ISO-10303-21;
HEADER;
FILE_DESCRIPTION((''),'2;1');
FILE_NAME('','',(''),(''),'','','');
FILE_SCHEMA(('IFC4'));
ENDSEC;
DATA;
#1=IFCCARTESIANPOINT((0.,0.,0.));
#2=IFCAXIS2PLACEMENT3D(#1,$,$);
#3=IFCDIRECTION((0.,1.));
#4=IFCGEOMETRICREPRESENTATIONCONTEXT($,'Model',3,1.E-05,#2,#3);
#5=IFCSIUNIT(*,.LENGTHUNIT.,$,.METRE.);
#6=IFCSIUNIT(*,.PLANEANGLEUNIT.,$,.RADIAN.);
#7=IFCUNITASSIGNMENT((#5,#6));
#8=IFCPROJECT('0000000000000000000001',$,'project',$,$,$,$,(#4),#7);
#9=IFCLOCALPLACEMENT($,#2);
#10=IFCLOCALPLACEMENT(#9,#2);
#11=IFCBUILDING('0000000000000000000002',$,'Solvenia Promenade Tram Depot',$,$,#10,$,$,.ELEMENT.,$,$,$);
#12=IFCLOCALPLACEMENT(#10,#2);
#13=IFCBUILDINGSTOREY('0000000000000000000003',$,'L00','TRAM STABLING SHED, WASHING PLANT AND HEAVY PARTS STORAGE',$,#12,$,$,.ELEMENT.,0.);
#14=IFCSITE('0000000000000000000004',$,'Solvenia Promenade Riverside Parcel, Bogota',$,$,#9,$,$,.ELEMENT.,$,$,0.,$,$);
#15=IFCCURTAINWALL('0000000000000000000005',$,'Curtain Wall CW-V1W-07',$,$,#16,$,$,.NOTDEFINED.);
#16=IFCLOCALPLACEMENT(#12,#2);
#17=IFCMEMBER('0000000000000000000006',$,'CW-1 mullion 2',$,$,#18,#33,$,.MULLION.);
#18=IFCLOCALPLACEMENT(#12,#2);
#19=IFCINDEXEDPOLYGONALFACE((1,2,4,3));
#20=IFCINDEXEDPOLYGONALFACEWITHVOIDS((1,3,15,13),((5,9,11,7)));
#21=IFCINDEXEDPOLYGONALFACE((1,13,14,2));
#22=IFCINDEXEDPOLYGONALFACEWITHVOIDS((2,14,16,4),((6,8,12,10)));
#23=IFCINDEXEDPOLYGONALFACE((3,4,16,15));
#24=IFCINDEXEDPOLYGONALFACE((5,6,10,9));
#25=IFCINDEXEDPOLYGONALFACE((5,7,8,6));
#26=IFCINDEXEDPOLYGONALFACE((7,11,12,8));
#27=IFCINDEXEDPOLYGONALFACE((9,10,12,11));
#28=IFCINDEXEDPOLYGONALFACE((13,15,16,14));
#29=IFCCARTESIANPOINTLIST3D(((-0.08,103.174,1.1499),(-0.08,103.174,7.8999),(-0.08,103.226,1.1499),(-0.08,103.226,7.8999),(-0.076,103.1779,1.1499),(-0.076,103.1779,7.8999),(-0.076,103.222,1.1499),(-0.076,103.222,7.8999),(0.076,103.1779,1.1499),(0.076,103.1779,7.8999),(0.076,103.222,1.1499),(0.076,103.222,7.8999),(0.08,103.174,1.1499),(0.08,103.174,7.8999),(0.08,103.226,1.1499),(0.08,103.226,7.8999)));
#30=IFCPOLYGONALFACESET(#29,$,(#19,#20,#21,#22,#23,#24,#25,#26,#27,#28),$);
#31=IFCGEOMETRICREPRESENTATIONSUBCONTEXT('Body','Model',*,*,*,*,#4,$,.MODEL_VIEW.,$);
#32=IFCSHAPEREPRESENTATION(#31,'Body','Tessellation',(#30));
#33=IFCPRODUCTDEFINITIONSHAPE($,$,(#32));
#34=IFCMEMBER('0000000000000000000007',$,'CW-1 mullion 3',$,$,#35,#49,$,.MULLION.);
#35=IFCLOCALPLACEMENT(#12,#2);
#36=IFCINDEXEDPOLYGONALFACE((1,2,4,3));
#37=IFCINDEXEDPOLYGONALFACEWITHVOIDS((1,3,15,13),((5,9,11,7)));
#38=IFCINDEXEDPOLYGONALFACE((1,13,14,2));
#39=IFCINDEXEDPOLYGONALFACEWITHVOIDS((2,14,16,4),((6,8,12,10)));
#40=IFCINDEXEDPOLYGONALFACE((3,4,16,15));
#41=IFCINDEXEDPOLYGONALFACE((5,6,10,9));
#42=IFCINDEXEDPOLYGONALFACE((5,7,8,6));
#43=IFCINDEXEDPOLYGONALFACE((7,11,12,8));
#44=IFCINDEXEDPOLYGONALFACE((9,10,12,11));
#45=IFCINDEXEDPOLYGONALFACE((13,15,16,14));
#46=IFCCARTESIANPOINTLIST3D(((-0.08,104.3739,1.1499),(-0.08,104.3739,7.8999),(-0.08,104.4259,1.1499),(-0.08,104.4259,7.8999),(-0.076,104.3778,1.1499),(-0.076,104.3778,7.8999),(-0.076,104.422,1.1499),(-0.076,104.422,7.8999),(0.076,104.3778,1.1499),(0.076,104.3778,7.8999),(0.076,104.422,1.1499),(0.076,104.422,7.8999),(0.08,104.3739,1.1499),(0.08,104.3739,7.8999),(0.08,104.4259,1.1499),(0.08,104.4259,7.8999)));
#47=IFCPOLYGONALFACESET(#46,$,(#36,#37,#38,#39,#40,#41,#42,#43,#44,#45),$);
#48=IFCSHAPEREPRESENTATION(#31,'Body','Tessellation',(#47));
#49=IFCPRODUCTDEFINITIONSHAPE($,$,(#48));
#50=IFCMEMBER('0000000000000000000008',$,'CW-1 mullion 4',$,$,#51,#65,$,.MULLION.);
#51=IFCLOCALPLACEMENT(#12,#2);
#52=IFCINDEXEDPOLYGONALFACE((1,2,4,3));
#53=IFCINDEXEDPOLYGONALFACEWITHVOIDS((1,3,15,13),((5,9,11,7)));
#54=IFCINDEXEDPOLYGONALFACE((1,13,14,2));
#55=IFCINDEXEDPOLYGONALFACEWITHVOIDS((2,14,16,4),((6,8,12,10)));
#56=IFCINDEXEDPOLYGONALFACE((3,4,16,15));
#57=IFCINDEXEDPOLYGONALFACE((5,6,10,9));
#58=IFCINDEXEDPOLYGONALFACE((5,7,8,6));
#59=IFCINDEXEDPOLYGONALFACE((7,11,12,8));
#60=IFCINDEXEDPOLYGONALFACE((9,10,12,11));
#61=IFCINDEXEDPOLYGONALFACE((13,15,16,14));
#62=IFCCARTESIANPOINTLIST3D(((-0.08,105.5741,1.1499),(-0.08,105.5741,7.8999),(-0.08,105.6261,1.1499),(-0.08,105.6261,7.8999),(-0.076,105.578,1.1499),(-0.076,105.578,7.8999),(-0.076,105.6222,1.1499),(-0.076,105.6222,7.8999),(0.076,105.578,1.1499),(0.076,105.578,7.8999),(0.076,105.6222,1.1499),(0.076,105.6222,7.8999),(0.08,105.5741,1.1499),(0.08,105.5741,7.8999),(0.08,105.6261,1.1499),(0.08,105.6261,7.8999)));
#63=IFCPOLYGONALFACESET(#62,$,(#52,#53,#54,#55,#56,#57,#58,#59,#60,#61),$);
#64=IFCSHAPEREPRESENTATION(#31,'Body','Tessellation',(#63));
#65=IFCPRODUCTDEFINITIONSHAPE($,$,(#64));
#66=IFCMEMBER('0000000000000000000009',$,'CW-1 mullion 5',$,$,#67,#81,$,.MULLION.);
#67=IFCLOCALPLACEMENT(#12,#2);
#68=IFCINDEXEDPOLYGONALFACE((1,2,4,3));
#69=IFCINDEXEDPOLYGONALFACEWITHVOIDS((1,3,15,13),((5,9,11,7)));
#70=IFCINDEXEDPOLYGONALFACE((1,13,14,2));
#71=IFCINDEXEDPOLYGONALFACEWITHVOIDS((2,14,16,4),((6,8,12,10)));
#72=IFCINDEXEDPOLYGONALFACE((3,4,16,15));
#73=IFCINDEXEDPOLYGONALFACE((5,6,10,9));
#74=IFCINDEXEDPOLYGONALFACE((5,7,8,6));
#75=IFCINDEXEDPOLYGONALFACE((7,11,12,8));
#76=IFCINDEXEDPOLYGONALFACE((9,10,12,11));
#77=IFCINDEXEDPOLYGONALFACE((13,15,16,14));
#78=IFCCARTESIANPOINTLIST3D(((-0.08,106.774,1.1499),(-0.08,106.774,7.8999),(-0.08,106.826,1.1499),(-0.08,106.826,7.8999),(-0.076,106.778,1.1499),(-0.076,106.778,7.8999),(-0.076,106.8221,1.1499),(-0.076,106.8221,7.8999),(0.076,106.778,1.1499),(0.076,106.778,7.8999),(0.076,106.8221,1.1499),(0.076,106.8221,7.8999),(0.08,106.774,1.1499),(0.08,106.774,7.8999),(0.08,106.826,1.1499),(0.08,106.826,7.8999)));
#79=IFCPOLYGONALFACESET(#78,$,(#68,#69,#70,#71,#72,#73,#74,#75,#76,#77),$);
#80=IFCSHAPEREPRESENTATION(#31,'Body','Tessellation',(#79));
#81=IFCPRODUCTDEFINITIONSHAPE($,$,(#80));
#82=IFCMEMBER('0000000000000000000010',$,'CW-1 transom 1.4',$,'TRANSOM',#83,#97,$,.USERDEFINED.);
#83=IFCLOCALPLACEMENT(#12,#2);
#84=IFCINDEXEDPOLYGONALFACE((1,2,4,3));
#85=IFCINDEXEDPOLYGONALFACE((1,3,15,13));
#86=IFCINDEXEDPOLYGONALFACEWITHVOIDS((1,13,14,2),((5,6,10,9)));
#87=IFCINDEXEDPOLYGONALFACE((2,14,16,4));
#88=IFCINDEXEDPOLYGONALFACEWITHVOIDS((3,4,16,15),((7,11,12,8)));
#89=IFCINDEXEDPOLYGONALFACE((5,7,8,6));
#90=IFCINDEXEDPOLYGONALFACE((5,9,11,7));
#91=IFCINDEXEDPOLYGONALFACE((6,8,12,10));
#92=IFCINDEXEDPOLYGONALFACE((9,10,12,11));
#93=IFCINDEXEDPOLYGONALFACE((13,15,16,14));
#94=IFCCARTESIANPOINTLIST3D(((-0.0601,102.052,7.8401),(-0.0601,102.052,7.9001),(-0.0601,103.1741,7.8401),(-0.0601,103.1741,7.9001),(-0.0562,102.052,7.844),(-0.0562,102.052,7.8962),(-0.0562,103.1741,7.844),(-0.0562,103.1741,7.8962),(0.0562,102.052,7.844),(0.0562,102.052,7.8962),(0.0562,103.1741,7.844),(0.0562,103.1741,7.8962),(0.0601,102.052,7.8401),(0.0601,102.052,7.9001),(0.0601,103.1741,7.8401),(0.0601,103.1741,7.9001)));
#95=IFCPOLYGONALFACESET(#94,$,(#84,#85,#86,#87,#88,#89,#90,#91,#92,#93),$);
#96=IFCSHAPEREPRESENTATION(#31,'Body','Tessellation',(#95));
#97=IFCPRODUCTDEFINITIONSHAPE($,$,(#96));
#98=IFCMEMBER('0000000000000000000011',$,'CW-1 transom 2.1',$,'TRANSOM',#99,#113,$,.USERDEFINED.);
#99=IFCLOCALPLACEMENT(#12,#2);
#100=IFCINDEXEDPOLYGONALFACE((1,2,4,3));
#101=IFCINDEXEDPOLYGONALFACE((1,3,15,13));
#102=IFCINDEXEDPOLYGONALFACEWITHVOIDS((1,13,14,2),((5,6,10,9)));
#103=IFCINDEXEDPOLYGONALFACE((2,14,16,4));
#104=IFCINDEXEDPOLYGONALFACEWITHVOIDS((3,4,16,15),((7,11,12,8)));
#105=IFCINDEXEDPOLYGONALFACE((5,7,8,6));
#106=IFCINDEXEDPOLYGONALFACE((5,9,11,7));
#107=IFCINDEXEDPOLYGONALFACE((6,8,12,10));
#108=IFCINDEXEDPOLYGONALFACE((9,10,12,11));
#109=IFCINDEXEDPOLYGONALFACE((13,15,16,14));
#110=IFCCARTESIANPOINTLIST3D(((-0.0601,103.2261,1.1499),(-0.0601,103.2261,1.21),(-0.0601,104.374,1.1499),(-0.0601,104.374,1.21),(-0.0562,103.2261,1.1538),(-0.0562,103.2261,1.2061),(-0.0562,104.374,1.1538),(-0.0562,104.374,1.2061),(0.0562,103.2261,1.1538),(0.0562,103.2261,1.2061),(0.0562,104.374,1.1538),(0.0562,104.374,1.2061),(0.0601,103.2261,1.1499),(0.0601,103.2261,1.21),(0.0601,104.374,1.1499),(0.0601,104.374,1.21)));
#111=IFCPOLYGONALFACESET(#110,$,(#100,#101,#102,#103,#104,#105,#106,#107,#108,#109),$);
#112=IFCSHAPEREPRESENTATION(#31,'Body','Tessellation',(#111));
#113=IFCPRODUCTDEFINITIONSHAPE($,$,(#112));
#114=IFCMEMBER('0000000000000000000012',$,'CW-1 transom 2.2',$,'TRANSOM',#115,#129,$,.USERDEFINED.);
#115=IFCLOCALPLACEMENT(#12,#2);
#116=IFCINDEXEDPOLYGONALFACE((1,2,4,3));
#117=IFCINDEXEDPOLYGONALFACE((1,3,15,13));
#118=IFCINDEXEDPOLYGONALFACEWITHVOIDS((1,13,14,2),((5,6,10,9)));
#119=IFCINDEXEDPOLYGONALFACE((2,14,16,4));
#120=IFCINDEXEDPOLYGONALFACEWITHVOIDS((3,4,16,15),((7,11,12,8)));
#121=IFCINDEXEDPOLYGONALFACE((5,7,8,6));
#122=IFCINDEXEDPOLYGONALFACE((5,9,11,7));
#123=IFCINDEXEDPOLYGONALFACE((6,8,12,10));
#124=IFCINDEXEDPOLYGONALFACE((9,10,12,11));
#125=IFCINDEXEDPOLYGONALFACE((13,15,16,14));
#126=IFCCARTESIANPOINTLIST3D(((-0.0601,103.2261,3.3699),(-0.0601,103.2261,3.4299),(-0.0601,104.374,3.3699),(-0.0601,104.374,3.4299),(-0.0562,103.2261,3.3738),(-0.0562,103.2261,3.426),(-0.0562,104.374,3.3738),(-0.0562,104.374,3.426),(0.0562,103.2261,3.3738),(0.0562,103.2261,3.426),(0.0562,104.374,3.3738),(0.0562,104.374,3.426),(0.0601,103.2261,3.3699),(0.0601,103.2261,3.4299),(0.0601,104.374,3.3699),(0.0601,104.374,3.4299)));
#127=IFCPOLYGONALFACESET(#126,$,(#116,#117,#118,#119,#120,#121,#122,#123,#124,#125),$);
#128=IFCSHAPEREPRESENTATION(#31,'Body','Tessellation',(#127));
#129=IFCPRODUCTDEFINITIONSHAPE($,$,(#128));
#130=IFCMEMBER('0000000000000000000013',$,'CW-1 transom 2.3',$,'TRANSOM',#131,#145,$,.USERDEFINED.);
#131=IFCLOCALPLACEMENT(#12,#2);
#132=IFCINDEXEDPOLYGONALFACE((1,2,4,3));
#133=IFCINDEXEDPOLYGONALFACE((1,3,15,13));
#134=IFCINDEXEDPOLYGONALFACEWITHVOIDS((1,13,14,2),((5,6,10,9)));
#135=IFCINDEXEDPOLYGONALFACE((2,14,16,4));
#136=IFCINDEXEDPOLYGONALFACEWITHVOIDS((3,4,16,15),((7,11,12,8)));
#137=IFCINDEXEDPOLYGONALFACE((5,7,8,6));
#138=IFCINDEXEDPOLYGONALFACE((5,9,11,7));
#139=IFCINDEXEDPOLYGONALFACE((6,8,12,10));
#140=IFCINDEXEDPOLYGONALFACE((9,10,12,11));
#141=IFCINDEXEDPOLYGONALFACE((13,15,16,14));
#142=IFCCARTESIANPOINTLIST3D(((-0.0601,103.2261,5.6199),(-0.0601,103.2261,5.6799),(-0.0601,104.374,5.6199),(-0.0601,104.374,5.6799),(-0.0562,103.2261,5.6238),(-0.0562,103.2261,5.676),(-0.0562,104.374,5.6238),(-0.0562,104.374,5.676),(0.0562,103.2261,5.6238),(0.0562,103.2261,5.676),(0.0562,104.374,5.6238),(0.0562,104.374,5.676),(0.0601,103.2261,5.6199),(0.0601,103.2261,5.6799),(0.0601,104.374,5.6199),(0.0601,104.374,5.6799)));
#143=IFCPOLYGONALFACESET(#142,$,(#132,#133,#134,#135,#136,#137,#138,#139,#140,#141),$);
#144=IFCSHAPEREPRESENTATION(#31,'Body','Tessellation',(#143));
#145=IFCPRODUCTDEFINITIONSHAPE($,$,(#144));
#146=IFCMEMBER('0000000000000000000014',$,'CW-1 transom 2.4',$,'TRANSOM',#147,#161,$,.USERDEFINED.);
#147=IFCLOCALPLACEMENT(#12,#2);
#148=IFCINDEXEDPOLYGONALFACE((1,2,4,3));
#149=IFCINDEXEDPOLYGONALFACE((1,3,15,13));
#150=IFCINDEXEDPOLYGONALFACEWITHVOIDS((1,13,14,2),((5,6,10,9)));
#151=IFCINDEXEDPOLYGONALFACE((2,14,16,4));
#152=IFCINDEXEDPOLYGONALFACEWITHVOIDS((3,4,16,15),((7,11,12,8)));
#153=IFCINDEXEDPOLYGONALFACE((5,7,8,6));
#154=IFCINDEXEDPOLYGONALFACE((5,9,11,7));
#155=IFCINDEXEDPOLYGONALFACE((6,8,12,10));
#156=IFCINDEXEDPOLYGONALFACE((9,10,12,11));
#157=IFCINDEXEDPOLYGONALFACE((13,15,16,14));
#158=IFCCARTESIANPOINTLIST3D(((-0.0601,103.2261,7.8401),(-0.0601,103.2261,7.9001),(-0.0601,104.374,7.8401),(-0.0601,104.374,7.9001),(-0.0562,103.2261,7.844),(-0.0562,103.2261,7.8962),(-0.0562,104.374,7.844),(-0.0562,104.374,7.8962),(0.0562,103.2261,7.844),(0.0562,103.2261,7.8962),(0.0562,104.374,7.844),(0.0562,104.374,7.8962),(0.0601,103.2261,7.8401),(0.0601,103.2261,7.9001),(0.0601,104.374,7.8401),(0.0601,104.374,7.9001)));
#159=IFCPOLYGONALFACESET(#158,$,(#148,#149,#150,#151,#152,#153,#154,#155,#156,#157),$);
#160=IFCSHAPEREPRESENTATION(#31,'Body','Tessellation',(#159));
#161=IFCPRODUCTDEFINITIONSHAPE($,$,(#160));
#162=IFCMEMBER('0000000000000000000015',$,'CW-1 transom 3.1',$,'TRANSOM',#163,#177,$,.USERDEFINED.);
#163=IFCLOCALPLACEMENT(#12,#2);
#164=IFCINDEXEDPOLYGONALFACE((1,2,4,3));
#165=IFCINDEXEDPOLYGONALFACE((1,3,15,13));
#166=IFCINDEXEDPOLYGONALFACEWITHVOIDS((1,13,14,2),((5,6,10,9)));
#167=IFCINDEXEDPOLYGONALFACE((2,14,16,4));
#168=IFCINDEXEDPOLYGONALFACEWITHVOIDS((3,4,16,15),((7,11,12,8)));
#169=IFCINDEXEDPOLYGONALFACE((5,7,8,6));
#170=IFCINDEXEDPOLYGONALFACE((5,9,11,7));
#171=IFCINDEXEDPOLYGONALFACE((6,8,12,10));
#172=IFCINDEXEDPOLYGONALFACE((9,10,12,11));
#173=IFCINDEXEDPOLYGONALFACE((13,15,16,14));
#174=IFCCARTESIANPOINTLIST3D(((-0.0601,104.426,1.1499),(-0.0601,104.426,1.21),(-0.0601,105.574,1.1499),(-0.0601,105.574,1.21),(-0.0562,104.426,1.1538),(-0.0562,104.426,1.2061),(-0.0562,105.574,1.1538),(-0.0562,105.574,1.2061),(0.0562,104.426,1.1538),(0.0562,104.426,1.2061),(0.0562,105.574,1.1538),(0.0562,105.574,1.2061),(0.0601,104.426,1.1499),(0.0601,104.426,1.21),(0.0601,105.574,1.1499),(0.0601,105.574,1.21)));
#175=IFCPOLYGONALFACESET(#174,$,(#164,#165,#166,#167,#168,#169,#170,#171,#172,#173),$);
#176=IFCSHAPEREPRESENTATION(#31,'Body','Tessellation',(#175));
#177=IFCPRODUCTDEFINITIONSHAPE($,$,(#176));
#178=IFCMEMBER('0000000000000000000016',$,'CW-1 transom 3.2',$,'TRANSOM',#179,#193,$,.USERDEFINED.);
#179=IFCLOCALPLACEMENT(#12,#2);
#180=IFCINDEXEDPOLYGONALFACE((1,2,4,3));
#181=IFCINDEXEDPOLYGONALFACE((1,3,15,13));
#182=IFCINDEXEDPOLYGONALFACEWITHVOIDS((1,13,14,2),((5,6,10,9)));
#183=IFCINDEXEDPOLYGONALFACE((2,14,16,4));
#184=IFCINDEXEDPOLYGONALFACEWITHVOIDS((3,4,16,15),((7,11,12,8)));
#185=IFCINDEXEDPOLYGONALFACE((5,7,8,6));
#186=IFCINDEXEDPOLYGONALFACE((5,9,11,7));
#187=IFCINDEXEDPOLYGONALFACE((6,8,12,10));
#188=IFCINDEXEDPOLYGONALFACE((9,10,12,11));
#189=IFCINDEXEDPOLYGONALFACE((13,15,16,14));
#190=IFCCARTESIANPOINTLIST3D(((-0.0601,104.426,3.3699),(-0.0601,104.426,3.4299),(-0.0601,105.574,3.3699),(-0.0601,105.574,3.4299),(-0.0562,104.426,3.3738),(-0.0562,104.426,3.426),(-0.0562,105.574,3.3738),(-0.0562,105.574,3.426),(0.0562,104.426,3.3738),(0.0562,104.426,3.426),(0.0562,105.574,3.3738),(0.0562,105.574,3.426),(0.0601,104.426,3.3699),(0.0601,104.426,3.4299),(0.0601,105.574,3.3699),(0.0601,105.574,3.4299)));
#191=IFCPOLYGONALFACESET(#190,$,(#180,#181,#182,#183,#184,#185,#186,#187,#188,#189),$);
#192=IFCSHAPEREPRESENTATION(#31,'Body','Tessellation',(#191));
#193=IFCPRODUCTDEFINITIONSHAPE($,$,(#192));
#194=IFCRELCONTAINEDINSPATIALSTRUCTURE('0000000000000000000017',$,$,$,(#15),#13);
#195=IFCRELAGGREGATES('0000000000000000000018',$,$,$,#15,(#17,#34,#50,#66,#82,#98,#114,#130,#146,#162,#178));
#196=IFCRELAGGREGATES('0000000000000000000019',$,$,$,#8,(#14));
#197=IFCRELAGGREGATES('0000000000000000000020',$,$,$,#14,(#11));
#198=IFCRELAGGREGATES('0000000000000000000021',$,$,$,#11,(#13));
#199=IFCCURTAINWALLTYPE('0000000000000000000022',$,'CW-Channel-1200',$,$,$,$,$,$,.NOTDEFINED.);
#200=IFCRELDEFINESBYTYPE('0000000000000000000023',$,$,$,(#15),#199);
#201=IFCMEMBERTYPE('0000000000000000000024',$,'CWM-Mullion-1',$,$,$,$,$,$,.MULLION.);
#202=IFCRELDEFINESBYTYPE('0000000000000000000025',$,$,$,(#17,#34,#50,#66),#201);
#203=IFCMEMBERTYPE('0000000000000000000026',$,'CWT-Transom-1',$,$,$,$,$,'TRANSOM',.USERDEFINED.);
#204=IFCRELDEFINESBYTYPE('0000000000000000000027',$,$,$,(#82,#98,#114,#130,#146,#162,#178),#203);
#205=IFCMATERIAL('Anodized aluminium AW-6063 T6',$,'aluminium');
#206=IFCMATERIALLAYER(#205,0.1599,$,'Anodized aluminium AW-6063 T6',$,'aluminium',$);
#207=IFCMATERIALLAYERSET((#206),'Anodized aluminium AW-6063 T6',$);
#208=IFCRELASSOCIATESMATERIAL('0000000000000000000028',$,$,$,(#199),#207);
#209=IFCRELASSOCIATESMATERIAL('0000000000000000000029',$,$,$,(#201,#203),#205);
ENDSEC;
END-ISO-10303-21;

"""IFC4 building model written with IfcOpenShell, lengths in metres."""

from ifc_helpers import new_model, si_unit, direction, frame, origin, origin_2d, place, context, subcontext, project, spatial, hollow_rectangle, extrude, material, layer, layer_set, material_profile, profile_set, type_object, element, aggregate, save


model = new_model("IFC4")

# Units and contexts
model_context = context("Model", 3, precision=1e-05, world=origin(), true_north=direction((0.0, 1.0)))
body_context = subcontext(model_context, "Body", "Model", "MODEL_VIEW")
ifc_project = project(units=[si_unit("LENGTHUNIT", "METRE"), si_unit("PLANEANGLEUNIT", "RADIAN")], contexts=[model_context])

# Site, building, storey
site_placement = place(None, origin())
site = spatial("IfcSite", under=ifc_project, at=site_placement, Name="Solvenia Promenade Riverside Parcel, Bogota", CompositionType="ELEMENT", RefElevation=0.0)
building_placement = place(site_placement, origin())
building = spatial("IfcBuilding", under=site, at=building_placement, Name="Solvenia Promenade Tram Depot", CompositionType="ELEMENT")
storey_placement = place(building_placement, origin())
storey = spatial("IfcBuildingStorey", under=building, at=storey_placement, Name="L00", Description="TRAM STABLING SHED, WASHING PLANT AND HEAVY PARTS STORAGE", CompositionType="ELEMENT", Elevation=0.0)

# Curtain wall, members
ifc_material_1 = material(Name="Anodized aluminium AW-6063 T6", Category="aluminium")
ifc_layer_1 = layer(ifc_material_1, 0.1599, Name="Anodized aluminium AW-6063 T6", Category="aluminium")
ifc_layer_set_1 = layer_set([ifc_layer_1], Name="Anodized aluminium AW-6063 T6")
curtain_wall_type = type_object("IfcCurtainWallType", Name="CW-Channel-1200", PredefinedType="NOTDEFINED", material=ifc_layer_set_1)
curtain_wall_placement = place(storey_placement, origin())
curtain_wall = element("IfcCurtainWall", 1, at=curtain_wall_placement, inside=storey, type_object=curtain_wall_type, Name="Curtain Wall CW-V1W-07", PredefinedType="NOTDEFINED")
ifc_material_profile_1 = material_profile(ifc_material_1, hollow_rectangle(XDim=0.1599, YDim=0.052, WallThickness=0.0039, at=origin_2d()), Name="ALU-M1", Category="aluminium")
ifc_profile_set_1 = profile_set([ifc_material_profile_1], Name="Anodized aluminium AW-6063 T6")
member_type_1 = type_object("IfcMemberType", Name="CWM-Mullion-1", PredefinedType="MULLION", material=ifc_profile_set_1)
member_1_placement = place(storey_placement, frame((0.0, 103.2, 1.1499), z_axis=(0.0, 0.0, 1.0), x_axis=(-1.0, 0.0, 0.0)))
member_1 = element("IfcMember", 2, at=member_1_placement, type_object=member_type_1, Name="CW-1 mullion 2", PredefinedType="MULLION", context=body_context, shape_type="SweptSolid", body=[
    extrude(hollow_rectangle(XDim=0.1599, YDim=0.052, WallThickness=0.0039, at=origin_2d()), origin(), (0.0, 0.0, 1.0), 6.75),
])
member_2_placement = place(storey_placement, frame((0.0, 104.3999, 1.1499), z_axis=(0.0, 0.0, 1.0), x_axis=(-1.0, 0.0, 0.0)))
member_2 = element("IfcMember", 3, at=member_2_placement, type_object=member_type_1, Name="CW-1 mullion 3", PredefinedType="MULLION", context=body_context, shape_type="SweptSolid", body=[
    extrude(hollow_rectangle(XDim=0.1599, YDim=0.052, WallThickness=0.0039, at=origin_2d()), origin(), (0.0, 0.0, 1.0), 6.75),
])
member_3_placement = place(storey_placement, frame((0.0, 105.6001, 1.1499), z_axis=(0.0, 0.0, 1.0), x_axis=(-1.0, 0.0, 0.0)))
member_3 = element("IfcMember", 4, at=member_3_placement, type_object=member_type_1, Name="CW-1 mullion 4", PredefinedType="MULLION", context=body_context, shape_type="SweptSolid", body=[
    extrude(hollow_rectangle(XDim=0.1599, YDim=0.052, WallThickness=0.0039, at=origin_2d()), origin(), (0.0, 0.0, 1.0), 6.75),
])
member_4_placement = place(storey_placement, frame((0.0, 106.8, 1.1499), z_axis=(0.0, 0.0, 1.0), x_axis=(-1.0, 0.0, 0.0)))
member_4 = element("IfcMember", 5, at=member_4_placement, type_object=member_type_1, Name="CW-1 mullion 5", PredefinedType="MULLION", context=body_context, shape_type="SweptSolid", body=[
    extrude(hollow_rectangle(XDim=0.1599, YDim=0.052, WallThickness=0.0039, at=origin_2d()), origin(), (0.0, 0.0, 1.0), 6.75),
])
ifc_material_profile_2 = material_profile(ifc_material_1, hollow_rectangle(XDim=0.1201, YDim=0.0601, WallThickness=0.0039, at=origin_2d()), Name="ALU-T1", Category="aluminium")
ifc_profile_set_2 = profile_set([ifc_material_profile_2], Name="Anodized aluminium AW-6063 T6")
member_type_2 = type_object("IfcMemberType", Name="CWT-Transom-1", ElementType="TRANSOM", PredefinedType="USERDEFINED", material=ifc_profile_set_2)
member_5_placement = place(storey_placement, frame((0.0, 102.052, 7.8701), z_axis=(0.0, 1.0, 0.0), x_axis=(-1.0, 0.0, 0.0)))
member_5 = element("IfcMember", 6, at=member_5_placement, type_object=member_type_2, Name="CW-1 transom 1.4", ObjectType="TRANSOM", PredefinedType="USERDEFINED", context=body_context, shape_type="SweptSolid", body=[
    extrude(hollow_rectangle(XDim=0.1201, YDim=0.0601, WallThickness=0.0039, at=origin_2d()), origin(), (0.0, 0.0, 1.0), 1.1221),
])
member_6_placement = place(storey_placement, frame((0.0, 103.2261, 1.1799), z_axis=(0.0, 1.0, 0.0), x_axis=(-1.0, 0.0, 0.0)))
member_6 = element("IfcMember", 7, at=member_6_placement, type_object=member_type_2, Name="CW-1 transom 2.1", ObjectType="TRANSOM", PredefinedType="USERDEFINED", context=body_context, shape_type="SweptSolid", body=[
    extrude(hollow_rectangle(XDim=0.1201, YDim=0.0601, WallThickness=0.0039, at=origin_2d()), origin(), (0.0, 0.0, 1.0), 1.1479),
])
member_7_placement = place(storey_placement, frame((0.0, 103.2261, 3.3999), z_axis=(0.0, 1.0, 0.0), x_axis=(-1.0, 0.0, 0.0)))
member_7 = element("IfcMember", 8, at=member_7_placement, type_object=member_type_2, Name="CW-1 transom 2.2", ObjectType="TRANSOM", PredefinedType="USERDEFINED", context=body_context, shape_type="SweptSolid", body=[
    extrude(hollow_rectangle(XDim=0.1201, YDim=0.0601, WallThickness=0.0039, at=origin_2d()), origin(), (0.0, 0.0, 1.0), 1.1479),
])
member_8_placement = place(storey_placement, frame((0.0, 103.2261, 5.6499), z_axis=(0.0, 1.0, 0.0), x_axis=(-1.0, 0.0, 0.0)))
member_8 = element("IfcMember", 9, at=member_8_placement, type_object=member_type_2, Name="CW-1 transom 2.3", ObjectType="TRANSOM", PredefinedType="USERDEFINED", context=body_context, shape_type="SweptSolid", body=[
    extrude(hollow_rectangle(XDim=0.1201, YDim=0.0601, WallThickness=0.0039, at=origin_2d()), origin(), (0.0, 0.0, 1.0), 1.1479),
])
member_9_placement = place(storey_placement, frame((0.0, 103.2261, 7.8701), z_axis=(0.0, 1.0, 0.0), x_axis=(-1.0, 0.0, 0.0)))
member_9 = element("IfcMember", 10, at=member_9_placement, type_object=member_type_2, Name="CW-1 transom 2.4", ObjectType="TRANSOM", PredefinedType="USERDEFINED", context=body_context, shape_type="SweptSolid", body=[
    extrude(hollow_rectangle(XDim=0.1201, YDim=0.0601, WallThickness=0.0039, at=origin_2d()), origin(), (0.0, 0.0, 1.0), 1.1479),
])
member_10_placement = place(storey_placement, frame((0.0, 104.426, 1.1799), z_axis=(0.0, 1.0, 0.0), x_axis=(-1.0, 0.0, 0.0)))
member_10 = element("IfcMember", 11, at=member_10_placement, type_object=member_type_2, Name="CW-1 transom 3.1", ObjectType="TRANSOM", PredefinedType="USERDEFINED", context=body_context, shape_type="SweptSolid", body=[
    extrude(hollow_rectangle(XDim=0.1201, YDim=0.0601, WallThickness=0.0039, at=origin_2d()), origin(), (0.0, 0.0, 1.0), 1.1479),
])
member_11_placement = place(storey_placement, frame((0.0, 104.426, 3.3999), z_axis=(0.0, 1.0, 0.0), x_axis=(-1.0, 0.0, 0.0)))
member_11 = element("IfcMember", 12, at=member_11_placement, type_object=member_type_2, Name="CW-1 transom 3.2", ObjectType="TRANSOM", PredefinedType="USERDEFINED", context=body_context, shape_type="SweptSolid", body=[
    extrude(hollow_rectangle(XDim=0.1201, YDim=0.0601, WallThickness=0.0039, at=origin_2d()), origin(), (0.0, 0.0, 1.0), 1.1479),
])
aggregate(curtain_wall, [member_1, member_2, member_3, member_4, member_5, member_6, member_7, member_8, member_9, member_10, member_11])

save(model, "model.ifc")
